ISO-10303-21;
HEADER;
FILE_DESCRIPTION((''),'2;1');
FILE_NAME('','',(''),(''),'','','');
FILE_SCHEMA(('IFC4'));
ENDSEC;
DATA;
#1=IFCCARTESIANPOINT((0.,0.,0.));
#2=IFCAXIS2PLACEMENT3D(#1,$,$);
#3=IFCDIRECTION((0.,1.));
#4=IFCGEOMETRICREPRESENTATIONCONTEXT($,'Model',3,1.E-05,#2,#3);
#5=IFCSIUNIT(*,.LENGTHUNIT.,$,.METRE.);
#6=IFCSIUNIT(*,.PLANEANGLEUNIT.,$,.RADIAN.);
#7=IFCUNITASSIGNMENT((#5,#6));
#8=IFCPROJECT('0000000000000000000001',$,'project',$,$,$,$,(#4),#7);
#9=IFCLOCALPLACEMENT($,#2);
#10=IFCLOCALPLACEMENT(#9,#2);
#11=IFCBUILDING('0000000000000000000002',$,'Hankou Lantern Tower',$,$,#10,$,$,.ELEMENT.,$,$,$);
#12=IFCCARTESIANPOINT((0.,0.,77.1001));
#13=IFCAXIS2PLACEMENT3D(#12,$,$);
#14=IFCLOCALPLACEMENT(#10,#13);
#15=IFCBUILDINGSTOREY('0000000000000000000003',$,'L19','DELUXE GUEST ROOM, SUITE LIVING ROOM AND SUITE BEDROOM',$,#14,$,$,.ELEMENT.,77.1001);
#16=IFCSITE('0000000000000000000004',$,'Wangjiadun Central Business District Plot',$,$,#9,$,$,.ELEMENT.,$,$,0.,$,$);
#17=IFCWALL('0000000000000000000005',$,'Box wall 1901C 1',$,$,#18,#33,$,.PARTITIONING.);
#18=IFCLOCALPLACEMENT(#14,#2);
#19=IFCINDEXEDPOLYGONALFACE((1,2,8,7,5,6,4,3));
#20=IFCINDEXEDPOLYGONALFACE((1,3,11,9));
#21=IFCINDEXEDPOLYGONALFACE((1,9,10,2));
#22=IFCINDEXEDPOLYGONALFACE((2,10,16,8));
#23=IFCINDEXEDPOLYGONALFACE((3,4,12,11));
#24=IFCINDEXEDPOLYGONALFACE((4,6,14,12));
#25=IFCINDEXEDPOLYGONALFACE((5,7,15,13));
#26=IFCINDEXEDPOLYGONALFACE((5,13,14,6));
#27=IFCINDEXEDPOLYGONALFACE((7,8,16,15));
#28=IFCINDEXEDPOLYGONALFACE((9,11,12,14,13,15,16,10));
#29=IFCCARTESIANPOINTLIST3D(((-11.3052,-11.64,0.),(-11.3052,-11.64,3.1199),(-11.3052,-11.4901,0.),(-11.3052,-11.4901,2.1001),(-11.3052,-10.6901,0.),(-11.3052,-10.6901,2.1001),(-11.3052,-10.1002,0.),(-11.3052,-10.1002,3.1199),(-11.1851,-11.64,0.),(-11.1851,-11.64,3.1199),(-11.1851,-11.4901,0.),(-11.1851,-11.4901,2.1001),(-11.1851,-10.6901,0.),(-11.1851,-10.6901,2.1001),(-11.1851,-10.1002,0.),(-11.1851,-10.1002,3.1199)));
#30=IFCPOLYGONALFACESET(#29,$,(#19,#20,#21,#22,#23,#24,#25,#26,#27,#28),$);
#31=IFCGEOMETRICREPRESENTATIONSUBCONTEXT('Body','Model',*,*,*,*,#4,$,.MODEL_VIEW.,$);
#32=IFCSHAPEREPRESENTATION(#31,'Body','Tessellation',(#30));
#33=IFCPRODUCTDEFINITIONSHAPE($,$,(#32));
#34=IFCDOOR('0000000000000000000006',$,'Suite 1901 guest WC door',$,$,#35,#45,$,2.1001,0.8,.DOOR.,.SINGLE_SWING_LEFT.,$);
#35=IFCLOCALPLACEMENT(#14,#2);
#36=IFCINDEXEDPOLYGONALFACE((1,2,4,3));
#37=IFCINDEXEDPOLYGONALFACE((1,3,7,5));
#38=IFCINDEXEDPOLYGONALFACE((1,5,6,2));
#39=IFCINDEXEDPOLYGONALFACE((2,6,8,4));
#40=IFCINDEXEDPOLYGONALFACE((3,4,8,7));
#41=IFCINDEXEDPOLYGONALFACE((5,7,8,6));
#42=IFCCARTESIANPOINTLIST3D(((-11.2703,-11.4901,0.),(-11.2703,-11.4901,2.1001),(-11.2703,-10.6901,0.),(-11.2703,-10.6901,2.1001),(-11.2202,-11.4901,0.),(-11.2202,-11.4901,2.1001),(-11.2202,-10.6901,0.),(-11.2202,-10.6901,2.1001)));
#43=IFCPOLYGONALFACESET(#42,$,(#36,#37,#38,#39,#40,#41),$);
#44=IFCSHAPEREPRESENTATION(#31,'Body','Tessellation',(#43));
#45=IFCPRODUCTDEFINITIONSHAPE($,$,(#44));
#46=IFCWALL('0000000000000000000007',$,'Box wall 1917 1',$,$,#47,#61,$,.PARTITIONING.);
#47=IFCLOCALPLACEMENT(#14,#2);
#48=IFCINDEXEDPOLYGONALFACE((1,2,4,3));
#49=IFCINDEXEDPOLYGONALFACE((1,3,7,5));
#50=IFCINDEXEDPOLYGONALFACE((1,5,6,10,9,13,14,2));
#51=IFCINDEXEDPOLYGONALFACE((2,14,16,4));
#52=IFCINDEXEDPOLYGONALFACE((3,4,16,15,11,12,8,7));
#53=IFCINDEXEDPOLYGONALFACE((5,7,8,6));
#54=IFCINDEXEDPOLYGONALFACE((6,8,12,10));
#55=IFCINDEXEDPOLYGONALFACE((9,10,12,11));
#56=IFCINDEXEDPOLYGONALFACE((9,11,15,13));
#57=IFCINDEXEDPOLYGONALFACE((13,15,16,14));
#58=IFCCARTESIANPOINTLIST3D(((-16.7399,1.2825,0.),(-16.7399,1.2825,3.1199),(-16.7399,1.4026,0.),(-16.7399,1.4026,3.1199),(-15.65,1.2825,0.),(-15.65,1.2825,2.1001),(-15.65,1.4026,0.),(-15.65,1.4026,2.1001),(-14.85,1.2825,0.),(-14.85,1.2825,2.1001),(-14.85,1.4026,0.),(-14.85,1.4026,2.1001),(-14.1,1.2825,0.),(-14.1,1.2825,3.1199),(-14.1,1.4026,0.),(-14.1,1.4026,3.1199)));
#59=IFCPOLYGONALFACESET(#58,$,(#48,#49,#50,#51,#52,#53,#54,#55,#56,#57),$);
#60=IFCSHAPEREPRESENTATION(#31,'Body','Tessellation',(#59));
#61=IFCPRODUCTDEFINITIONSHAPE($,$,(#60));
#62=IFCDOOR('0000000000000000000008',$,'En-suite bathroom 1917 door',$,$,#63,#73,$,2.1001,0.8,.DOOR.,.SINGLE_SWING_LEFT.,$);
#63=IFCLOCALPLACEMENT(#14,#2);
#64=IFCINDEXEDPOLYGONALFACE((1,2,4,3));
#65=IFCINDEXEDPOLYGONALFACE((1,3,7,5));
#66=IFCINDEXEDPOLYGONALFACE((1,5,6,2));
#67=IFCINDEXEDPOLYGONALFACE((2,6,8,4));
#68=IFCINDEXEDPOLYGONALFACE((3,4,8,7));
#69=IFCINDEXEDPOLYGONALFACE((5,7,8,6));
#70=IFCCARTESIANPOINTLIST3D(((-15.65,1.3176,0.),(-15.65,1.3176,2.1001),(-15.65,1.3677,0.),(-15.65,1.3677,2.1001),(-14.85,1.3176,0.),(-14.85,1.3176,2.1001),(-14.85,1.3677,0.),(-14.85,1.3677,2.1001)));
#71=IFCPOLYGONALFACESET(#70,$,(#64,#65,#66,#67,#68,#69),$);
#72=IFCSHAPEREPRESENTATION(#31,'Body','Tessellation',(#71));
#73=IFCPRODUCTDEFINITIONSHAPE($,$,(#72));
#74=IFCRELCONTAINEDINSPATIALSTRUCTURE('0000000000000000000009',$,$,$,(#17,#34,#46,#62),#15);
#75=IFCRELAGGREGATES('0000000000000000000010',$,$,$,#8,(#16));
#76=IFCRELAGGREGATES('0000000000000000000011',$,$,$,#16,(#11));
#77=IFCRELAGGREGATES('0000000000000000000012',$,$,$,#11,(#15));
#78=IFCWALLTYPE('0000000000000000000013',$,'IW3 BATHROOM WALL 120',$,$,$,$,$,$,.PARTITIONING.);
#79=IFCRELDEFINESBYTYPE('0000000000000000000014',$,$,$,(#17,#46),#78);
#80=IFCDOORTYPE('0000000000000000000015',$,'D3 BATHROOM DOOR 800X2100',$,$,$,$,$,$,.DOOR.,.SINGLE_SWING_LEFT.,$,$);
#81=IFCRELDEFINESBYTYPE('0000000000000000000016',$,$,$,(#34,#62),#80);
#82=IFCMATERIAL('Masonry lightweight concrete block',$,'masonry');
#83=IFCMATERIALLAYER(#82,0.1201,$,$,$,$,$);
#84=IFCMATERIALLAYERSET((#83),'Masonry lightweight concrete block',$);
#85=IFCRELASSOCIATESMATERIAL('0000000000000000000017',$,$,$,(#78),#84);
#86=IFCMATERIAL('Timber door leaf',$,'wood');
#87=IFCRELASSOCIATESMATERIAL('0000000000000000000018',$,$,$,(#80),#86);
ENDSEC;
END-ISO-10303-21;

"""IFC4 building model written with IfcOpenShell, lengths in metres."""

from ifc_helpers import new_model, si_unit, direction, frame, frame_2d, origin, place, context, subcontext, project, spatial, rectangle, extrude, material, layer, layer_set, type_object, element, fill, save


model = new_model("IFC4")

# Units and contexts
model_context = context("Model", 3, precision=1e-05, world=origin(), true_north=direction((0.0, 1.0)))
body_context = subcontext(model_context, "Body", "Model", "MODEL_VIEW")
ifc_project = project(units=[si_unit("LENGTHUNIT", "METRE"), si_unit("PLANEANGLEUNIT", "RADIAN")], contexts=[model_context])

# Site, building, storey
site_placement = place(None, origin())
site = spatial("IfcSite", under=ifc_project, at=site_placement, Name="Wangjiadun Central Business District Plot", CompositionType="ELEMENT", RefElevation=0.0)
building_placement = place(site_placement, origin())
building = spatial("IfcBuilding", under=site, at=building_placement, Name="Hankou Lantern Tower", CompositionType="ELEMENT")
storey_placement = place(building_placement, frame((0.0, 0.0, 77.1001)))
storey = spatial("IfcBuildingStorey", under=building, at=storey_placement, Name="L19", Description="DELUXE GUEST ROOM, SUITE LIVING ROOM AND SUITE BEDROOM", CompositionType="ELEMENT", Elevation=77.1001)

# Walls, openings, doors
ifc_material_1 = material(Name="Masonry lightweight concrete block", Category="masonry")
ifc_layer_1 = layer(ifc_material_1, 0.1201)
ifc_layer_set_1 = layer_set([ifc_layer_1], Name="Masonry lightweight concrete block")
wall_type_1 = type_object("IfcWallType", Name="IW3 BATHROOM WALL 120", PredefinedType="PARTITIONING", material=ifc_layer_set_1)
wall_1_placement = place(storey_placement, frame((-11.2451, -10.1001, 0.0), z_axis=(0.0, 0.0, 1.0), x_axis=(0.0, -1.0, 0.0)))
wall_1 = element("IfcWall", 1, at=wall_1_placement, inside=storey, type_object=wall_type_1, Name="Box wall 1901C 1", PredefinedType="PARTITIONING", context=body_context, shape_type="SweptSolid", body=[
    extrude(rectangle(XDim=1.5398, YDim=0.1201, at=frame_2d((0.77, 0.0))), origin(), (0.0, 0.0, 1.0), 3.1199),
])
opening_1_placement = place(wall_1_placement, frame((0.5901, 0.0, 0.0)))
opening_1 = element("IfcOpeningElement", 2, at=opening_1_placement, cuts=wall_1, PredefinedType="OPENING", context=body_context, shape_type="SweptSolid", body=[
    extrude(rectangle(XDim=0.8, YDim=2.1001, at=frame_2d((0.3999, 1.05))), frame((0.0, 0.0701, 0.0), z_axis=(0.0, -1.0, 0.0), x_axis=(1.0, 0.0, 0.0)), (0.0, 0.0, 1.0), 0.1401),
])
ifc_material_2 = material(Name="Timber door leaf", Category="wood")
door_type_1 = type_object("IfcDoorType", Name="D3 BATHROOM DOOR 800X2100", OperationType="SINGLE_SWING_LEFT", PredefinedType="DOOR", material=ifc_material_2)
door_1_placement = place(opening_1_placement, origin())
door_1 = element("IfcDoor", 3, at=door_1_placement, inside=storey, type_object=door_type_1, Name="Suite 1901 guest WC door", OperationType="SINGLE_SWING_LEFT", OverallHeight=2.1001, OverallWidth=0.8, PredefinedType="DOOR", context=body_context, shape_type="SweptSolid", body=[
    extrude(rectangle(XDim=0.8, YDim=2.1001, at=frame_2d((0.3999, 1.05))), frame((0.0, 0.0249, 0.0), z_axis=(0.0, -1.0, 0.0), x_axis=(1.0, 0.0, 0.0)), (0.0, 0.0, 1.0), 0.05),
])
fill(opening_1, door_1)
wall_2_placement = place(storey_placement, frame((-14.1001, 1.3425, 0.0), z_axis=(0.0, 0.0, 1.0), x_axis=(-1.0, 0.0, 0.0)))
wall_2 = element("IfcWall", 4, at=wall_2_placement, inside=storey, type_object=wall_type_1, Name="Box wall 1917 1", PredefinedType="PARTITIONING", context=body_context, shape_type="SweptSolid", body=[
    extrude(rectangle(XDim=2.6399, YDim=0.1201, at=frame_2d((1.3198, 0.0))), origin(), (0.0, 0.0, 1.0), 3.1199),
])
opening_2_placement = place(wall_2_placement, frame((0.75, 0.0, 0.0)))
opening_2 = element("IfcOpeningElement", 5, at=opening_2_placement, cuts=wall_2, PredefinedType="OPENING", context=body_context, shape_type="SweptSolid", body=[
    extrude(rectangle(XDim=0.8, YDim=2.1001, at=frame_2d((0.3999, 1.05))), frame((0.0, 0.0701, 0.0), z_axis=(0.0, -1.0, 0.0), x_axis=(1.0, 0.0, 0.0)), (0.0, 0.0, 1.0), 0.1401),
])
door_2_placement = place(opening_2_placement, origin())
door_2 = element("IfcDoor", 6, at=door_2_placement, inside=storey, type_object=door_type_1, Name="En-suite bathroom 1917 door", OperationType="SINGLE_SWING_LEFT", OverallHeight=2.1001, OverallWidth=0.8, PredefinedType="DOOR", context=body_context, shape_type="SweptSolid", body=[
    extrude(rectangle(XDim=0.8, YDim=2.1001, at=frame_2d((0.3999, 1.05))), frame((0.0, 0.0249, 0.0), z_axis=(0.0, -1.0, 0.0), x_axis=(1.0, 0.0, 0.0)), (0.0, 0.0, 1.0), 0.05),
])
fill(opening_2, door_2)

save(model, "model.ifc")
